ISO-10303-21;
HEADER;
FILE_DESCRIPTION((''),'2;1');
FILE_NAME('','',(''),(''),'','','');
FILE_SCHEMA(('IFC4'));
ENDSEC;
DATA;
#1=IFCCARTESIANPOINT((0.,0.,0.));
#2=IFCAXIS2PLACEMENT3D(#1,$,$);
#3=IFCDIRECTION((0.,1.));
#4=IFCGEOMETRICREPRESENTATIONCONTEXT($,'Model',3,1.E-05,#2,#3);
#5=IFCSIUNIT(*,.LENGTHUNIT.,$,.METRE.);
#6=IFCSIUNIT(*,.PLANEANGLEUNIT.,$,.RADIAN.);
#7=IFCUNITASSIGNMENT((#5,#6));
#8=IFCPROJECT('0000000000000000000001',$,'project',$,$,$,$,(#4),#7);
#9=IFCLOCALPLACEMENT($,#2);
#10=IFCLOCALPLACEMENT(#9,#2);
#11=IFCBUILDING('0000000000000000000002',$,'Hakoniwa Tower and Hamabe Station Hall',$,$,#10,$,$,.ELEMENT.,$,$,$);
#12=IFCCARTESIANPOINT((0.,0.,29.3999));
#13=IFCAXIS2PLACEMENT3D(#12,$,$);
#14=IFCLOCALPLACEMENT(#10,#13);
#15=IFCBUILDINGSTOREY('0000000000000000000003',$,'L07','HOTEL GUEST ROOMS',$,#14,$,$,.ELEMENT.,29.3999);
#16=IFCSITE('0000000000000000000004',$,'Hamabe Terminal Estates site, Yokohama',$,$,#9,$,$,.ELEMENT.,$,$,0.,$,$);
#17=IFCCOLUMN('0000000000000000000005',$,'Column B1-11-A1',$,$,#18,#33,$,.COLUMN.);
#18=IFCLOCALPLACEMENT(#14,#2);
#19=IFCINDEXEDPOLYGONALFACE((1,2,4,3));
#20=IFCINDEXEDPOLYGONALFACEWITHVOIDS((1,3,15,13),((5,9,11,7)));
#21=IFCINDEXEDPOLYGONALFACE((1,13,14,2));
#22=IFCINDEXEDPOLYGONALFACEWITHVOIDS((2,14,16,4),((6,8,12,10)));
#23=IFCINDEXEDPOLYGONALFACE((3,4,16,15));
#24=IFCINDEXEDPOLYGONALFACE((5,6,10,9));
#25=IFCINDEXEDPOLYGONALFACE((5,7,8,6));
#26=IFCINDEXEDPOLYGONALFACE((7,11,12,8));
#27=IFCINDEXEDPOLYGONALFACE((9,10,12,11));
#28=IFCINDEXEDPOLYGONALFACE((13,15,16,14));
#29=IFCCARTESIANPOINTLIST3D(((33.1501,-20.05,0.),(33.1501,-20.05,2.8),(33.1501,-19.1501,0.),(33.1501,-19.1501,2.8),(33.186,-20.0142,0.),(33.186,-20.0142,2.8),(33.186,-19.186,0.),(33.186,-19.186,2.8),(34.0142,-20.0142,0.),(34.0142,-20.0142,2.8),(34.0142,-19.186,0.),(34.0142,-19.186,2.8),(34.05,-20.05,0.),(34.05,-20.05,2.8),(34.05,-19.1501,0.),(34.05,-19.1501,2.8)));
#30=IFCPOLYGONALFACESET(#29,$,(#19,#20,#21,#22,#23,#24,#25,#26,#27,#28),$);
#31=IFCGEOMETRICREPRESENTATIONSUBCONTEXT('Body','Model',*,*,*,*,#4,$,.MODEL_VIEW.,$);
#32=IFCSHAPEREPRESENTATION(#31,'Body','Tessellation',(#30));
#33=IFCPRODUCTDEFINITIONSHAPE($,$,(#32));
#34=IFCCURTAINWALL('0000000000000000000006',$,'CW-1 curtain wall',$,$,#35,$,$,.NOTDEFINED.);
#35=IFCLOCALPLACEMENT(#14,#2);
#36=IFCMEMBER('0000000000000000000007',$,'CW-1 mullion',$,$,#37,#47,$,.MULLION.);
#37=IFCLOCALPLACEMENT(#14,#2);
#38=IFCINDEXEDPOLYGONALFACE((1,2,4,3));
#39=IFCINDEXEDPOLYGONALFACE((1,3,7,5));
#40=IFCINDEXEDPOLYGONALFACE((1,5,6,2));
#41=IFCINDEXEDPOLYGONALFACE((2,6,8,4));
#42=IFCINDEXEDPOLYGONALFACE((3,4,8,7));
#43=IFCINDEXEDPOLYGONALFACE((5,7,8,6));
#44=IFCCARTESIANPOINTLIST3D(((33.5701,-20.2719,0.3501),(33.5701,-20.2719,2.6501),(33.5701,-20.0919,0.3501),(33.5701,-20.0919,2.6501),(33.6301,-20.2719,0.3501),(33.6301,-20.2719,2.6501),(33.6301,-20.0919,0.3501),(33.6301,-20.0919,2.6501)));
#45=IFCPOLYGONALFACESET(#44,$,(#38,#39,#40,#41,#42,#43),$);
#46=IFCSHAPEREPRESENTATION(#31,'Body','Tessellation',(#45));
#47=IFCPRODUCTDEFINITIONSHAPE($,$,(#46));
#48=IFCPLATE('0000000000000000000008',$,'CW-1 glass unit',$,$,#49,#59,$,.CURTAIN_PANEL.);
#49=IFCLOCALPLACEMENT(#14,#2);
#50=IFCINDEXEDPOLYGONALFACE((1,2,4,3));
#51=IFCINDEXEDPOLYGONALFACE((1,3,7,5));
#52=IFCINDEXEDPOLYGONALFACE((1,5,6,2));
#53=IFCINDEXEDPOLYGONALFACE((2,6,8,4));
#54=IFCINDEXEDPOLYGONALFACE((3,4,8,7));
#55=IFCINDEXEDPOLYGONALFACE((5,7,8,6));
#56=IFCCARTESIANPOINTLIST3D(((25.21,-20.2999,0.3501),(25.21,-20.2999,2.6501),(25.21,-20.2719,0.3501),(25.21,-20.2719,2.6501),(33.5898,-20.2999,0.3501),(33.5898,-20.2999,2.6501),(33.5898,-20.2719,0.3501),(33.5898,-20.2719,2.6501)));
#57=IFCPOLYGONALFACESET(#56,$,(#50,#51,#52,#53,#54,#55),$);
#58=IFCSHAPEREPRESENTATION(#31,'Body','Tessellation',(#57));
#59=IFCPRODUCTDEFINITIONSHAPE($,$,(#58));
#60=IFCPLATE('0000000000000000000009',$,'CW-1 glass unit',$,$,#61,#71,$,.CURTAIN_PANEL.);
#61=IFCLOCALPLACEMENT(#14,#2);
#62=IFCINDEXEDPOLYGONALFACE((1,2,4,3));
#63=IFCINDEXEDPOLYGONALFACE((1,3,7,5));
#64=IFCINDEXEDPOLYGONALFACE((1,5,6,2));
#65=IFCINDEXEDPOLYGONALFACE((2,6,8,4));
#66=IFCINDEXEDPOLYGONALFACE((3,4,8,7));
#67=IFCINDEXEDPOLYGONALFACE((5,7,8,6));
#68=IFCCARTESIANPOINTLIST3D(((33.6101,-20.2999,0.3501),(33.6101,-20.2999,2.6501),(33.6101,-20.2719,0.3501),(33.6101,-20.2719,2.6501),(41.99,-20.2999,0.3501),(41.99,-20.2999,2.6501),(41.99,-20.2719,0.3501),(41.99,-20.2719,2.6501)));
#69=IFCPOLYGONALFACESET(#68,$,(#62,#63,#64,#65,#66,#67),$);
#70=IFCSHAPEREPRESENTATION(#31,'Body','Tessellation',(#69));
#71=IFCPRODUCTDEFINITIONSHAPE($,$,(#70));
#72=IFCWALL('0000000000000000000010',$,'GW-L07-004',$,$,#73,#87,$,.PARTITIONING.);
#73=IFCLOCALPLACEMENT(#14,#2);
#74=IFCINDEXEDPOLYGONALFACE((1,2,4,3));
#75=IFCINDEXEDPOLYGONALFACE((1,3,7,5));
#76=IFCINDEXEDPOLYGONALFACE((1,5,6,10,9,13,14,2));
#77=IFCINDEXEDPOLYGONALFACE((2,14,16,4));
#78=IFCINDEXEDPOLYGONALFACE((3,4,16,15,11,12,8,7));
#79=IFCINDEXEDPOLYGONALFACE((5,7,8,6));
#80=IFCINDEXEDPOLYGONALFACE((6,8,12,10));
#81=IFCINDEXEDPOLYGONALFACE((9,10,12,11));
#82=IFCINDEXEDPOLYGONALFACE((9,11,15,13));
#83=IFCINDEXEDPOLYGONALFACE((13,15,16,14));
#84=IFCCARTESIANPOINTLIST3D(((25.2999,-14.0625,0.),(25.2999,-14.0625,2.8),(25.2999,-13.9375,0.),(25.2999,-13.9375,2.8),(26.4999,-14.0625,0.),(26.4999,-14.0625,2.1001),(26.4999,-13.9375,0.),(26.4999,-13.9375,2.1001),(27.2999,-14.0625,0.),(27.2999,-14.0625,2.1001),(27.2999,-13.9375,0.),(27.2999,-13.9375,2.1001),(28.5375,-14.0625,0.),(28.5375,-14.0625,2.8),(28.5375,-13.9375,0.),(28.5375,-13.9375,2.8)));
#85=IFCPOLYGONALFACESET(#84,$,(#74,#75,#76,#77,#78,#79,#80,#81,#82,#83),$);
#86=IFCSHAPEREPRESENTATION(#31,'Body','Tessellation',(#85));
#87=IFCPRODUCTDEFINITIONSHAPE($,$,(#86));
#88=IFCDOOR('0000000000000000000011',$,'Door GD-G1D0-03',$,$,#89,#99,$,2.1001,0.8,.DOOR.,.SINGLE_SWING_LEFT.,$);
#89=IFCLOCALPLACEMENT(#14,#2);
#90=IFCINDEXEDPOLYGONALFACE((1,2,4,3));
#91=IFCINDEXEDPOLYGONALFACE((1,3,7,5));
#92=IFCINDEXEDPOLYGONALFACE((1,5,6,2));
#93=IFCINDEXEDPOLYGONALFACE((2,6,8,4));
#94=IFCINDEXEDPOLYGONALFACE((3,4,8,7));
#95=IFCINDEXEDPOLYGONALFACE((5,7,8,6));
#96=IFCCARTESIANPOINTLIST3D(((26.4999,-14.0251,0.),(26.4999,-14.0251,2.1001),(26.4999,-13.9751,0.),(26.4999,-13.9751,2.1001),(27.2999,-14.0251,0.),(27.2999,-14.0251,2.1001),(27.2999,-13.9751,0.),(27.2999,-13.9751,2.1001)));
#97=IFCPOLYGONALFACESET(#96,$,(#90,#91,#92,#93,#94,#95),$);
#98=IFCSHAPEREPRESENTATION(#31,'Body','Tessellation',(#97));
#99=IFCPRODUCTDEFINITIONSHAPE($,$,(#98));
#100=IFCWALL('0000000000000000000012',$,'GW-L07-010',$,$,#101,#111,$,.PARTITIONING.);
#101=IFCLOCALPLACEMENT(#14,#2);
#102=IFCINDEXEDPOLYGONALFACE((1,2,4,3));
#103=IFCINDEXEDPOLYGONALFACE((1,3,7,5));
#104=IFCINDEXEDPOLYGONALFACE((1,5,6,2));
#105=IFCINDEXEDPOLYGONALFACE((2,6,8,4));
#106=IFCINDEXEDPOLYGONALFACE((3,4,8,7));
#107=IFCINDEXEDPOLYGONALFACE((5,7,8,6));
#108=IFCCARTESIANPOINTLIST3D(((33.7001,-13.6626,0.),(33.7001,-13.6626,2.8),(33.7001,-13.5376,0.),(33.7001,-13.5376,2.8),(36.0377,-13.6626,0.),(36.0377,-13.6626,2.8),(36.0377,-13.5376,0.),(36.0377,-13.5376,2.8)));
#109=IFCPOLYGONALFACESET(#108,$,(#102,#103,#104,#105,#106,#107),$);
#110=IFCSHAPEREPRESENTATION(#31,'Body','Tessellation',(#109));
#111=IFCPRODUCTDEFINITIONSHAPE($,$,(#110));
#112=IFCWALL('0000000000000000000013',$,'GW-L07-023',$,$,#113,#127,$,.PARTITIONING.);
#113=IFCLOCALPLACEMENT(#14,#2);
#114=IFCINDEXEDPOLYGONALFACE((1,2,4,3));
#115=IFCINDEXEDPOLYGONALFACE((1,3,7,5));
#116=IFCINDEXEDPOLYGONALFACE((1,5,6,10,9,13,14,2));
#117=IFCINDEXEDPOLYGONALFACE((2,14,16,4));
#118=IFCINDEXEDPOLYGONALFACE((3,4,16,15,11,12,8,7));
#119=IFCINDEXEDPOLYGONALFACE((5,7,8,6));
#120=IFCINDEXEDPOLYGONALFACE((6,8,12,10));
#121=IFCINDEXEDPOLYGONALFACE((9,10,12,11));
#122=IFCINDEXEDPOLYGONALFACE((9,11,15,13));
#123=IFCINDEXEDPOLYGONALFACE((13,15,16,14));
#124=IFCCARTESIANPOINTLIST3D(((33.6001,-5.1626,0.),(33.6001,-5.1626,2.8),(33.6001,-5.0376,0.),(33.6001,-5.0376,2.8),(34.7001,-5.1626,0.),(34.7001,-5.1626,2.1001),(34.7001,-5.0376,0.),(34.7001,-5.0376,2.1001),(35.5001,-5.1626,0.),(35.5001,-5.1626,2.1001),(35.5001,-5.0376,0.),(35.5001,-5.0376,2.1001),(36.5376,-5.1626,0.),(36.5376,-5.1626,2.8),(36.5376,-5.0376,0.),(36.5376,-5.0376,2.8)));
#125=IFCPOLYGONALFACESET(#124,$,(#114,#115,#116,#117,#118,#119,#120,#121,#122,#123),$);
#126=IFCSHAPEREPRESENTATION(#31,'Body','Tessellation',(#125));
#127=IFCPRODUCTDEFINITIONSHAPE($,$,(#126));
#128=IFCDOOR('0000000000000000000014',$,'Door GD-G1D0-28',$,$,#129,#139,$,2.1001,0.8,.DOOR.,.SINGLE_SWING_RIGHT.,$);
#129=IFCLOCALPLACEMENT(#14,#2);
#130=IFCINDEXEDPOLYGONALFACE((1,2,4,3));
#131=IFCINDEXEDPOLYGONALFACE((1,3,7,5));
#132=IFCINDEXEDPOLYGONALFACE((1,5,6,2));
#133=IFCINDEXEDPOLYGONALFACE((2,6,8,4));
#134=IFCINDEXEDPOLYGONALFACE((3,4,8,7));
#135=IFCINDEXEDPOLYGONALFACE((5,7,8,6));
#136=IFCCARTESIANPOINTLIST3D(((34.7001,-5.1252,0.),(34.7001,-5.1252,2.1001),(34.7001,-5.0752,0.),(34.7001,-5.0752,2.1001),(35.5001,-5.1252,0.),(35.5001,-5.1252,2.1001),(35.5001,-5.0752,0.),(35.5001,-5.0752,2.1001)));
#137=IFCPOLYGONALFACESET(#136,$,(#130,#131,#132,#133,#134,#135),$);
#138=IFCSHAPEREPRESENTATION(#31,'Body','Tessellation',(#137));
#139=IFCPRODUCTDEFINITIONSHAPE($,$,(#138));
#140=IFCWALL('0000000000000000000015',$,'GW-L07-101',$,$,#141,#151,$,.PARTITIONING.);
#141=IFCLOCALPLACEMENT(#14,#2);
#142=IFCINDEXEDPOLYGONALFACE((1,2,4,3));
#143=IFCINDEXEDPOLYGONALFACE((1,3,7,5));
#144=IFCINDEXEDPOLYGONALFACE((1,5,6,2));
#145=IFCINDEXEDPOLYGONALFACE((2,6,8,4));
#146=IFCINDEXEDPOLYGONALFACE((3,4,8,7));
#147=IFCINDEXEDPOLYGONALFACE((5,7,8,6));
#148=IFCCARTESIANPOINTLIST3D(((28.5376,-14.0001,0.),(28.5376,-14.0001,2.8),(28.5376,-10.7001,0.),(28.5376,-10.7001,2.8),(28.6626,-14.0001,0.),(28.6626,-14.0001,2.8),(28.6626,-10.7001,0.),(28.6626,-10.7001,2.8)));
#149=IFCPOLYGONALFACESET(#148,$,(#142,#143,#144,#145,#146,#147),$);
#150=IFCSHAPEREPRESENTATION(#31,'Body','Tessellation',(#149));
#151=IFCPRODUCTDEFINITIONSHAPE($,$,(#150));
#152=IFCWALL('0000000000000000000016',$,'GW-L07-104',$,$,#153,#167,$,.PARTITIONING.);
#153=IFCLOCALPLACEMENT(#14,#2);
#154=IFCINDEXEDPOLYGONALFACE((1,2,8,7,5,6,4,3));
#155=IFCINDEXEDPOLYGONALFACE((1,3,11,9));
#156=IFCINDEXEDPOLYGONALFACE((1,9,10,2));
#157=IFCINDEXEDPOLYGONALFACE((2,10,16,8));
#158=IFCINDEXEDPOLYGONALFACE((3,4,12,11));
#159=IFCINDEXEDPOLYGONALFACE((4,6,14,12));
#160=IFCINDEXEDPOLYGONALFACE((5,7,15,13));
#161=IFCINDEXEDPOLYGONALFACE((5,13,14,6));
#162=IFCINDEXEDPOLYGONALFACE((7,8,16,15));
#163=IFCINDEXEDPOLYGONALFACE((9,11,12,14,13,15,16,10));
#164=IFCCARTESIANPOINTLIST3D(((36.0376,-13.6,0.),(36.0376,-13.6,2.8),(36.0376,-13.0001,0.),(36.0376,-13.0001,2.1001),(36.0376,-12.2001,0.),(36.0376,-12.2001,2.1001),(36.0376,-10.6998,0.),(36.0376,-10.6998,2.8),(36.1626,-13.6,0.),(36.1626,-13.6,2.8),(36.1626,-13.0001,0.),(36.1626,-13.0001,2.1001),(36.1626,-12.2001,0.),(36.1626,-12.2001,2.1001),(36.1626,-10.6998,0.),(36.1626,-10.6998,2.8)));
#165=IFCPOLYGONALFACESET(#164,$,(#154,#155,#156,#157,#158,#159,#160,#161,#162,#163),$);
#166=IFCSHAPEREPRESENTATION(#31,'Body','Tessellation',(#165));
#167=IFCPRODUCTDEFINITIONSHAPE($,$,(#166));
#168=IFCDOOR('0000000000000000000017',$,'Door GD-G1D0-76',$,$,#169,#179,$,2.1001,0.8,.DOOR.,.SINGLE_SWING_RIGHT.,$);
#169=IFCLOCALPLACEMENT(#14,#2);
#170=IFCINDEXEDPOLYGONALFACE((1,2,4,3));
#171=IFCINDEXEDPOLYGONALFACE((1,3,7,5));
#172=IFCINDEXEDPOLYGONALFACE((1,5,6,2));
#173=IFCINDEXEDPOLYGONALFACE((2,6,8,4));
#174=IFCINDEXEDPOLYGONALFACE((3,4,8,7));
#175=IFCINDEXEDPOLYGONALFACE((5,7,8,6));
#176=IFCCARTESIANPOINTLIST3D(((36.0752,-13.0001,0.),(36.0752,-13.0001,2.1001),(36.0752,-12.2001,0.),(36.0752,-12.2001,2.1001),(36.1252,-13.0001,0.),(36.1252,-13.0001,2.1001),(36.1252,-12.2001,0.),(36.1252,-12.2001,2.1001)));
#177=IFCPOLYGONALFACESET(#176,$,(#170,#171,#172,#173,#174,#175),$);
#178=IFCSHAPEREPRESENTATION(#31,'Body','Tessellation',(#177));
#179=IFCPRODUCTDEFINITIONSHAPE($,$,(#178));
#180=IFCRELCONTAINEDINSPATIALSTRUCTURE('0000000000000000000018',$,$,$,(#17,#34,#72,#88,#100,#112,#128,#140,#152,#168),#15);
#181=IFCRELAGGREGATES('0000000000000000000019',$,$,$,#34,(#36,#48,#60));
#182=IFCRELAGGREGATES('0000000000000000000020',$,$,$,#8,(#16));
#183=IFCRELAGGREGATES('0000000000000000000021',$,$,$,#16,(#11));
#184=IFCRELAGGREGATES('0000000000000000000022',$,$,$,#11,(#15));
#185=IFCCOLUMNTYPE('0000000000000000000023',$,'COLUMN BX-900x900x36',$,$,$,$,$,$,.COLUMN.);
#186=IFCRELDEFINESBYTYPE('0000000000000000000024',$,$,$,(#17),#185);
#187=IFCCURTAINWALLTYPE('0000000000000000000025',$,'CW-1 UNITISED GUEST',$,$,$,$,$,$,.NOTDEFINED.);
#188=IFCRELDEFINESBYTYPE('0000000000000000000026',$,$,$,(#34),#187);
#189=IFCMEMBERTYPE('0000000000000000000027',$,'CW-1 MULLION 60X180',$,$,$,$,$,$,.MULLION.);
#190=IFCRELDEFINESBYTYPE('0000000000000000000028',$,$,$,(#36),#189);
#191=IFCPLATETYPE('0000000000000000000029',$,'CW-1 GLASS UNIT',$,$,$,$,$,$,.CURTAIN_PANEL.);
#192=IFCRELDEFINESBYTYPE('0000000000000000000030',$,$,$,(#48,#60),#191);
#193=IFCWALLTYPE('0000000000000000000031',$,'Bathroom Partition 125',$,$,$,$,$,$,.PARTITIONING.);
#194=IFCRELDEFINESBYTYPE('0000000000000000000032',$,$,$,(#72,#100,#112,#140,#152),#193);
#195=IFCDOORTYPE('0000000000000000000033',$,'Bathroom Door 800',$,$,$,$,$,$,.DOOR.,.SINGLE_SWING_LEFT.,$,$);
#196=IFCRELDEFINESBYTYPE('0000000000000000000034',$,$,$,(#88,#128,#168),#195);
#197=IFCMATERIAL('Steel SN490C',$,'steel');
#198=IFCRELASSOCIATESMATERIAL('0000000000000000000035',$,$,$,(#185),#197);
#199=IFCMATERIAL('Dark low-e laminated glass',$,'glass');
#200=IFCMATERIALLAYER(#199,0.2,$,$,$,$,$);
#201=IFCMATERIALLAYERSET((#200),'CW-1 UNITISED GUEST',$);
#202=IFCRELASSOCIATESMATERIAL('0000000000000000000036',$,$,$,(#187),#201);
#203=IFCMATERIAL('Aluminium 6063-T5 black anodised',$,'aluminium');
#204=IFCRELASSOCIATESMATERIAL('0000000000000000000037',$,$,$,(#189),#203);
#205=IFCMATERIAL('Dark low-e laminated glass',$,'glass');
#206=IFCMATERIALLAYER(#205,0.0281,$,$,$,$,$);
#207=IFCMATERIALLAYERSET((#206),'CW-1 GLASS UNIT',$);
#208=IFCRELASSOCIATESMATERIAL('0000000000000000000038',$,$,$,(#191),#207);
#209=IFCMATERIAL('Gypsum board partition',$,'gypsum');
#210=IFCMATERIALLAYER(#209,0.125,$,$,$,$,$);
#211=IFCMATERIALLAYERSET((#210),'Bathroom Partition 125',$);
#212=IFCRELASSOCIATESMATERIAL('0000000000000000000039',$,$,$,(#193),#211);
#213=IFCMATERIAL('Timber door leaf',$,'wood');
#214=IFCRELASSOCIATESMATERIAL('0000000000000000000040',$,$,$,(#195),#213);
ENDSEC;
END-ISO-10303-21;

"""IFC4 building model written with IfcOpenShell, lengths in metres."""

from ifc_helpers import new_model, si_unit, direction, frame, frame_2d, origin, origin_2d, place, context, subcontext, project, spatial, rectangle, hollow_rectangle, extrude, material, layer, layer_set, material_profile, profile_set, type_object, element, fill, aggregate, save


model = new_model("IFC4")

# Units and contexts
model_context = context("Model", 3, precision=1e-05, world=origin(), true_north=direction((0.0, 1.0)))
body_context = subcontext(model_context, "Body", "Model", "MODEL_VIEW")
ifc_project = project(units=[si_unit("LENGTHUNIT", "METRE"), si_unit("PLANEANGLEUNIT", "RADIAN")], contexts=[model_context])

# Site, building, storey
site_placement = place(None, origin())
site = spatial("IfcSite", under=ifc_project, at=site_placement, Name="Hamabe Terminal Estates site, Yokohama", CompositionType="ELEMENT", RefElevation=0.0)
building_placement = place(site_placement, origin())
building = spatial("IfcBuilding", under=site, at=building_placement, Name="Hakoniwa Tower and Hamabe Station Hall", CompositionType="ELEMENT")
storey_placement = place(building_placement, frame((0.0, 0.0, 29.3999)))
storey = spatial("IfcBuildingStorey", under=building, at=storey_placement, Name="L07", Description="HOTEL GUEST ROOMS", CompositionType="ELEMENT", Elevation=29.3999)

# Column
ifc_material_1 = material(Name="Steel SN490C", Category="steel")
ifc_material_profile_1 = material_profile(ifc_material_1, hollow_rectangle(XDim=0.8999, YDim=0.8999, WallThickness=0.0359, at=origin_2d()), Name="BX-900x900x36")
ifc_profile_set_1 = profile_set([ifc_material_profile_1], Name="Steel SN490C")
column_type = type_object("IfcColumnType", Name="COLUMN BX-900x900x36", PredefinedType="COLUMN", material=ifc_profile_set_1)
column_placement = place(storey_placement, frame((33.6001, -19.6001, 0.0), z_axis=(0.0, 0.0, 1.0), x_axis=(1.0, 0.0, 0.0)))
element("IfcColumn", 1, at=column_placement, inside=storey, type_object=column_type, Name="Column B1-11-A1", PredefinedType="COLUMN", context=body_context, shape_type="SweptSolid", body=[
    extrude(hollow_rectangle(XDim=0.8999, YDim=0.8999, WallThickness=0.0359, at=origin_2d()), origin(), (0.0, 0.0, 1.0), 2.8),
])

# Curtain wall, member, plates
ifc_material_2 = material(Name="Dark low-e laminated glass", Category="glass")
ifc_layer_1 = layer(ifc_material_2, 0.2)
ifc_layer_set_1 = layer_set([ifc_layer_1], Name="CW-1 UNITISED GUEST")
curtain_wall_type = type_object("IfcCurtainWallType", Name="CW-1 UNITISED GUEST", PredefinedType="NOTDEFINED", material=ifc_layer_set_1)
curtain_wall_placement = place(storey_placement, origin())
curtain_wall = element("IfcCurtainWall", 2, at=curtain_wall_placement, inside=storey, type_object=curtain_wall_type, Name="CW-1 curtain wall", PredefinedType="NOTDEFINED")
ifc_material_3 = material(Name="Aluminium 6063-T5 black anodised", Category="aluminium")
ifc_material_profile_2 = material_profile(ifc_material_3, rectangle(XDim=0.0601, YDim=0.1799, at=origin_2d()), Name="CW-1 MULLION 60X180")
ifc_profile_set_2 = profile_set([ifc_material_profile_2], Name="Aluminium 6063-T5 black anodised")
member_type = type_object("IfcMemberType", Name="CW-1 MULLION 60X180", PredefinedType="MULLION", material=ifc_profile_set_2)
member_placement = place(storey_placement, frame((33.6001, -20.1819, 0.3501), z_axis=(0.0, 0.0, 1.0), x_axis=(1.0, 0.0, 0.0)))
member = element("IfcMember", 3, at=member_placement, type_object=member_type, Name="CW-1 mullion", PredefinedType="MULLION", context=body_context, shape_type="SweptSolid", body=[
    extrude(rectangle(XDim=0.0601, YDim=0.1799, at=origin_2d()), origin(), (0.0, 0.0, 1.0), 2.3),
])
ifc_material_4 = material(Name="Dark low-e laminated glass", Category="glass")
ifc_layer_2 = layer(ifc_material_4, 0.0281)
ifc_layer_set_2 = layer_set([ifc_layer_2], Name="CW-1 GLASS UNIT")
plate_type = type_object("IfcPlateType", Name="CW-1 GLASS UNIT", PredefinedType="CURTAIN_PANEL", material=ifc_layer_set_2)
plate_1_placement = place(storey_placement, frame((29.3999, -20.2859, 0.3501), z_axis=(0.0, 0.0, 1.0), x_axis=(1.0, 0.0, 0.0)))
plate_1 = element("IfcPlate", 4, at=plate_1_placement, type_object=plate_type, Name="CW-1 glass unit", PredefinedType="CURTAIN_PANEL", context=body_context, shape_type="SweptSolid", body=[
    extrude(rectangle(XDim=8.3799, YDim=0.0281, at=origin_2d()), origin(), (0.0, 0.0, 1.0), 2.3),
])
plate_2_placement = place(storey_placement, frame((37.8, -20.2859, 0.3501), z_axis=(0.0, 0.0, 1.0), x_axis=(1.0, 0.0, 0.0)))
plate_2 = element("IfcPlate", 5, at=plate_2_placement, type_object=plate_type, Name="CW-1 glass unit", PredefinedType="CURTAIN_PANEL", context=body_context, shape_type="SweptSolid", body=[
    extrude(rectangle(XDim=8.3799, YDim=0.0281, at=origin_2d()), origin(), (0.0, 0.0, 1.0), 2.3),
])
aggregate(curtain_wall, [member, plate_1, plate_2])

# Wall, opening, door
ifc_material_5 = material(Name="Gypsum board partition", Category="gypsum")
ifc_layer_3 = layer(ifc_material_5, 0.125)
ifc_layer_set_3 = layer_set([ifc_layer_3], Name="Bathroom Partition 125")
wall_type_1 = type_object("IfcWallType", Name="Bathroom Partition 125", PredefinedType="PARTITIONING", material=ifc_layer_set_3)
wall_1_placement = place(storey_placement, frame((25.3, -14.0, 0.0), z_axis=(0.0, 0.0, 1.0), x_axis=(1.0, 0.0, 0.0)))
wall_1 = element("IfcWall", 6, at=wall_1_placement, inside=storey, type_object=wall_type_1, Name="GW-L07-004", PredefinedType="PARTITIONING", context=body_context, shape_type="SweptSolid", body=[
    extrude(rectangle(XDim=3.2375, YDim=0.125, at=frame_2d((1.6187, 0.0))), origin(), (0.0, 0.0, 1.0), 2.8),
])
opening_1_placement = place(wall_1_placement, frame((1.2, 0.0, 0.0)))
opening_1 = element("IfcOpeningElement", 7, at=opening_1_placement, cuts=wall_1, PredefinedType="OPENING", context=body_context, shape_type="SweptSolid", body=[
    extrude(rectangle(XDim=0.8, YDim=2.1001, at=frame_2d((0.3999, 1.05))), frame((0.0, 0.0725, 0.0), z_axis=(0.0, -1.0, 0.0), x_axis=(1.0, 0.0, 0.0)), (0.0, 0.0, 1.0), 0.145),
])
ifc_material_6 = material(Name="Timber door leaf", Category="wood")
door_type_1 = type_object("IfcDoorType", Name="Bathroom Door 800", OperationType="SINGLE_SWING_LEFT", PredefinedType="DOOR", material=ifc_material_6)
door_1_placement = place(opening_1_placement, origin())
door_1 = element("IfcDoor", 8, at=door_1_placement, inside=storey, type_object=door_type_1, Name="Door GD-G1D0-03", OperationType="SINGLE_SWING_LEFT", OverallHeight=2.1001, OverallWidth=0.8, PredefinedType="DOOR", context=body_context, shape_type="SweptSolid", body=[
    extrude(rectangle(XDim=0.8, YDim=2.1001, at=frame_2d((0.3999, 1.05))), frame((0.0, 0.0249, 0.0), z_axis=(0.0, -1.0, 0.0), x_axis=(1.0, 0.0, 0.0)), (0.0, 0.0, 1.0), 0.05),
])
fill(opening_1, door_1)

# Wall
wall_2_placement = place(storey_placement, frame((33.7, -13.6001, 0.0), z_axis=(0.0, 0.0, 1.0), x_axis=(1.0, 0.0, 0.0)))
element("IfcWall", 9, at=wall_2_placement, inside=storey, type_object=wall_type_1, Name="GW-L07-010", PredefinedType="PARTITIONING", context=body_context, shape_type="SweptSolid", body=[
    extrude(rectangle(XDim=2.3376, YDim=0.125, at=frame_2d((1.1689, 0.0))), origin(), (0.0, 0.0, 1.0), 2.8),
])

# Wall, opening, door
wall_3_placement = place(storey_placement, frame((33.6001, -5.1001, 0.0), z_axis=(0.0, 0.0, 1.0), x_axis=(1.0, 0.0, 0.0)))
wall_3 = element("IfcWall", 10, at=wall_3_placement, inside=storey, type_object=wall_type_1, Name="GW-L07-023", PredefinedType="PARTITIONING", context=body_context, shape_type="SweptSolid", body=[
    extrude(rectangle(XDim=2.9375, YDim=0.125, at=frame_2d((1.4688, 0.0))), origin(), (0.0, 0.0, 1.0), 2.8),
])
opening_2_placement = place(wall_3_placement, frame((1.1001, 0.0, 0.0)))
opening_2 = element("IfcOpeningElement", 11, at=opening_2_placement, cuts=wall_3, PredefinedType="OPENING", context=body_context, shape_type="SweptSolid", body=[
    extrude(rectangle(XDim=0.8, YDim=2.1001, at=frame_2d((0.3999, 1.05))), frame((0.0, 0.0725, 0.0), z_axis=(0.0, -1.0, 0.0), x_axis=(1.0, 0.0, 0.0)), (0.0, 0.0, 1.0), 0.145),
])
door_2_placement = place(opening_2_placement, origin())
door_2 = element("IfcDoor", 12, at=door_2_placement, inside=storey, type_object=door_type_1, Name="Door GD-G1D0-28", OperationType="SINGLE_SWING_RIGHT", OverallHeight=2.1001, OverallWidth=0.8, PredefinedType="DOOR", context=body_context, shape_type="SweptSolid", body=[
    extrude(rectangle(XDim=0.8, YDim=2.1001, at=frame_2d((0.3999, 1.05))), frame((0.0, 0.0249, 0.0), z_axis=(0.0, -1.0, 0.0), x_axis=(1.0, 0.0, 0.0)), (0.0, 0.0, 1.0), 0.05),
])
fill(opening_2, door_2)

# Wall
wall_4_placement = place(storey_placement, frame((28.6001, -14.0, 0.0), z_axis=(0.0, 0.0, 1.0), x_axis=(0.0, 1.0, 0.0)))
element("IfcWall", 13, at=wall_4_placement, inside=storey, type_object=wall_type_1, Name="GW-L07-101", PredefinedType="PARTITIONING", context=body_context, shape_type="SweptSolid", body=[
    extrude(rectangle(XDim=3.3, YDim=0.125, at=frame_2d((1.6499, 0.0))), origin(), (0.0, 0.0, 1.0), 2.8),
])

# Wall, opening, door
wall_5_placement = place(storey_placement, frame((36.1001, -13.6001, 0.0), z_axis=(0.0, 0.0, 1.0), x_axis=(0.0, 1.0, 0.0)))
wall_5 = element("IfcWall", 14, at=wall_5_placement, inside=storey, type_object=wall_type_1, Name="GW-L07-104", PredefinedType="PARTITIONING", context=body_context, shape_type="SweptSolid", body=[
    extrude(rectangle(XDim=2.9001, YDim=0.125, at=frame_2d((1.4502, 0.0))), origin(), (0.0, 0.0, 1.0), 2.8),
])
opening_3_placement = place(wall_5_placement, frame((0.6001, 0.0, 0.0)))
opening_3 = element("IfcOpeningElement", 15, at=opening_3_placement, cuts=wall_5, PredefinedType="OPENING", context=body_context, shape_type="SweptSolid", body=[
    extrude(rectangle(XDim=0.8, YDim=2.1001, at=frame_2d((0.3999, 1.05))), frame((0.0, 0.0725, 0.0), z_axis=(0.0, -1.0, 0.0), x_axis=(1.0, 0.0, 0.0)), (0.0, 0.0, 1.0), 0.145),
])
door_3_placement = place(opening_3_placement, origin())
door_3 = element("IfcDoor", 16, at=door_3_placement, inside=storey, type_object=door_type_1, Name="Door GD-G1D0-76", OperationType="SINGLE_SWING_RIGHT", OverallHeight=2.1001, OverallWidth=0.8, PredefinedType="DOOR", context=body_context, shape_type="SweptSolid", body=[
    extrude(rectangle(XDim=0.8, YDim=2.1001, at=frame_2d((0.3999, 1.05))), frame((0.0, 0.0249, 0.0), z_axis=(0.0, -1.0, 0.0), x_axis=(1.0, 0.0, 0.0)), (0.0, 0.0, 1.0), 0.05),
])
fill(opening_3, door_3)

save(model, "model.ifc")
